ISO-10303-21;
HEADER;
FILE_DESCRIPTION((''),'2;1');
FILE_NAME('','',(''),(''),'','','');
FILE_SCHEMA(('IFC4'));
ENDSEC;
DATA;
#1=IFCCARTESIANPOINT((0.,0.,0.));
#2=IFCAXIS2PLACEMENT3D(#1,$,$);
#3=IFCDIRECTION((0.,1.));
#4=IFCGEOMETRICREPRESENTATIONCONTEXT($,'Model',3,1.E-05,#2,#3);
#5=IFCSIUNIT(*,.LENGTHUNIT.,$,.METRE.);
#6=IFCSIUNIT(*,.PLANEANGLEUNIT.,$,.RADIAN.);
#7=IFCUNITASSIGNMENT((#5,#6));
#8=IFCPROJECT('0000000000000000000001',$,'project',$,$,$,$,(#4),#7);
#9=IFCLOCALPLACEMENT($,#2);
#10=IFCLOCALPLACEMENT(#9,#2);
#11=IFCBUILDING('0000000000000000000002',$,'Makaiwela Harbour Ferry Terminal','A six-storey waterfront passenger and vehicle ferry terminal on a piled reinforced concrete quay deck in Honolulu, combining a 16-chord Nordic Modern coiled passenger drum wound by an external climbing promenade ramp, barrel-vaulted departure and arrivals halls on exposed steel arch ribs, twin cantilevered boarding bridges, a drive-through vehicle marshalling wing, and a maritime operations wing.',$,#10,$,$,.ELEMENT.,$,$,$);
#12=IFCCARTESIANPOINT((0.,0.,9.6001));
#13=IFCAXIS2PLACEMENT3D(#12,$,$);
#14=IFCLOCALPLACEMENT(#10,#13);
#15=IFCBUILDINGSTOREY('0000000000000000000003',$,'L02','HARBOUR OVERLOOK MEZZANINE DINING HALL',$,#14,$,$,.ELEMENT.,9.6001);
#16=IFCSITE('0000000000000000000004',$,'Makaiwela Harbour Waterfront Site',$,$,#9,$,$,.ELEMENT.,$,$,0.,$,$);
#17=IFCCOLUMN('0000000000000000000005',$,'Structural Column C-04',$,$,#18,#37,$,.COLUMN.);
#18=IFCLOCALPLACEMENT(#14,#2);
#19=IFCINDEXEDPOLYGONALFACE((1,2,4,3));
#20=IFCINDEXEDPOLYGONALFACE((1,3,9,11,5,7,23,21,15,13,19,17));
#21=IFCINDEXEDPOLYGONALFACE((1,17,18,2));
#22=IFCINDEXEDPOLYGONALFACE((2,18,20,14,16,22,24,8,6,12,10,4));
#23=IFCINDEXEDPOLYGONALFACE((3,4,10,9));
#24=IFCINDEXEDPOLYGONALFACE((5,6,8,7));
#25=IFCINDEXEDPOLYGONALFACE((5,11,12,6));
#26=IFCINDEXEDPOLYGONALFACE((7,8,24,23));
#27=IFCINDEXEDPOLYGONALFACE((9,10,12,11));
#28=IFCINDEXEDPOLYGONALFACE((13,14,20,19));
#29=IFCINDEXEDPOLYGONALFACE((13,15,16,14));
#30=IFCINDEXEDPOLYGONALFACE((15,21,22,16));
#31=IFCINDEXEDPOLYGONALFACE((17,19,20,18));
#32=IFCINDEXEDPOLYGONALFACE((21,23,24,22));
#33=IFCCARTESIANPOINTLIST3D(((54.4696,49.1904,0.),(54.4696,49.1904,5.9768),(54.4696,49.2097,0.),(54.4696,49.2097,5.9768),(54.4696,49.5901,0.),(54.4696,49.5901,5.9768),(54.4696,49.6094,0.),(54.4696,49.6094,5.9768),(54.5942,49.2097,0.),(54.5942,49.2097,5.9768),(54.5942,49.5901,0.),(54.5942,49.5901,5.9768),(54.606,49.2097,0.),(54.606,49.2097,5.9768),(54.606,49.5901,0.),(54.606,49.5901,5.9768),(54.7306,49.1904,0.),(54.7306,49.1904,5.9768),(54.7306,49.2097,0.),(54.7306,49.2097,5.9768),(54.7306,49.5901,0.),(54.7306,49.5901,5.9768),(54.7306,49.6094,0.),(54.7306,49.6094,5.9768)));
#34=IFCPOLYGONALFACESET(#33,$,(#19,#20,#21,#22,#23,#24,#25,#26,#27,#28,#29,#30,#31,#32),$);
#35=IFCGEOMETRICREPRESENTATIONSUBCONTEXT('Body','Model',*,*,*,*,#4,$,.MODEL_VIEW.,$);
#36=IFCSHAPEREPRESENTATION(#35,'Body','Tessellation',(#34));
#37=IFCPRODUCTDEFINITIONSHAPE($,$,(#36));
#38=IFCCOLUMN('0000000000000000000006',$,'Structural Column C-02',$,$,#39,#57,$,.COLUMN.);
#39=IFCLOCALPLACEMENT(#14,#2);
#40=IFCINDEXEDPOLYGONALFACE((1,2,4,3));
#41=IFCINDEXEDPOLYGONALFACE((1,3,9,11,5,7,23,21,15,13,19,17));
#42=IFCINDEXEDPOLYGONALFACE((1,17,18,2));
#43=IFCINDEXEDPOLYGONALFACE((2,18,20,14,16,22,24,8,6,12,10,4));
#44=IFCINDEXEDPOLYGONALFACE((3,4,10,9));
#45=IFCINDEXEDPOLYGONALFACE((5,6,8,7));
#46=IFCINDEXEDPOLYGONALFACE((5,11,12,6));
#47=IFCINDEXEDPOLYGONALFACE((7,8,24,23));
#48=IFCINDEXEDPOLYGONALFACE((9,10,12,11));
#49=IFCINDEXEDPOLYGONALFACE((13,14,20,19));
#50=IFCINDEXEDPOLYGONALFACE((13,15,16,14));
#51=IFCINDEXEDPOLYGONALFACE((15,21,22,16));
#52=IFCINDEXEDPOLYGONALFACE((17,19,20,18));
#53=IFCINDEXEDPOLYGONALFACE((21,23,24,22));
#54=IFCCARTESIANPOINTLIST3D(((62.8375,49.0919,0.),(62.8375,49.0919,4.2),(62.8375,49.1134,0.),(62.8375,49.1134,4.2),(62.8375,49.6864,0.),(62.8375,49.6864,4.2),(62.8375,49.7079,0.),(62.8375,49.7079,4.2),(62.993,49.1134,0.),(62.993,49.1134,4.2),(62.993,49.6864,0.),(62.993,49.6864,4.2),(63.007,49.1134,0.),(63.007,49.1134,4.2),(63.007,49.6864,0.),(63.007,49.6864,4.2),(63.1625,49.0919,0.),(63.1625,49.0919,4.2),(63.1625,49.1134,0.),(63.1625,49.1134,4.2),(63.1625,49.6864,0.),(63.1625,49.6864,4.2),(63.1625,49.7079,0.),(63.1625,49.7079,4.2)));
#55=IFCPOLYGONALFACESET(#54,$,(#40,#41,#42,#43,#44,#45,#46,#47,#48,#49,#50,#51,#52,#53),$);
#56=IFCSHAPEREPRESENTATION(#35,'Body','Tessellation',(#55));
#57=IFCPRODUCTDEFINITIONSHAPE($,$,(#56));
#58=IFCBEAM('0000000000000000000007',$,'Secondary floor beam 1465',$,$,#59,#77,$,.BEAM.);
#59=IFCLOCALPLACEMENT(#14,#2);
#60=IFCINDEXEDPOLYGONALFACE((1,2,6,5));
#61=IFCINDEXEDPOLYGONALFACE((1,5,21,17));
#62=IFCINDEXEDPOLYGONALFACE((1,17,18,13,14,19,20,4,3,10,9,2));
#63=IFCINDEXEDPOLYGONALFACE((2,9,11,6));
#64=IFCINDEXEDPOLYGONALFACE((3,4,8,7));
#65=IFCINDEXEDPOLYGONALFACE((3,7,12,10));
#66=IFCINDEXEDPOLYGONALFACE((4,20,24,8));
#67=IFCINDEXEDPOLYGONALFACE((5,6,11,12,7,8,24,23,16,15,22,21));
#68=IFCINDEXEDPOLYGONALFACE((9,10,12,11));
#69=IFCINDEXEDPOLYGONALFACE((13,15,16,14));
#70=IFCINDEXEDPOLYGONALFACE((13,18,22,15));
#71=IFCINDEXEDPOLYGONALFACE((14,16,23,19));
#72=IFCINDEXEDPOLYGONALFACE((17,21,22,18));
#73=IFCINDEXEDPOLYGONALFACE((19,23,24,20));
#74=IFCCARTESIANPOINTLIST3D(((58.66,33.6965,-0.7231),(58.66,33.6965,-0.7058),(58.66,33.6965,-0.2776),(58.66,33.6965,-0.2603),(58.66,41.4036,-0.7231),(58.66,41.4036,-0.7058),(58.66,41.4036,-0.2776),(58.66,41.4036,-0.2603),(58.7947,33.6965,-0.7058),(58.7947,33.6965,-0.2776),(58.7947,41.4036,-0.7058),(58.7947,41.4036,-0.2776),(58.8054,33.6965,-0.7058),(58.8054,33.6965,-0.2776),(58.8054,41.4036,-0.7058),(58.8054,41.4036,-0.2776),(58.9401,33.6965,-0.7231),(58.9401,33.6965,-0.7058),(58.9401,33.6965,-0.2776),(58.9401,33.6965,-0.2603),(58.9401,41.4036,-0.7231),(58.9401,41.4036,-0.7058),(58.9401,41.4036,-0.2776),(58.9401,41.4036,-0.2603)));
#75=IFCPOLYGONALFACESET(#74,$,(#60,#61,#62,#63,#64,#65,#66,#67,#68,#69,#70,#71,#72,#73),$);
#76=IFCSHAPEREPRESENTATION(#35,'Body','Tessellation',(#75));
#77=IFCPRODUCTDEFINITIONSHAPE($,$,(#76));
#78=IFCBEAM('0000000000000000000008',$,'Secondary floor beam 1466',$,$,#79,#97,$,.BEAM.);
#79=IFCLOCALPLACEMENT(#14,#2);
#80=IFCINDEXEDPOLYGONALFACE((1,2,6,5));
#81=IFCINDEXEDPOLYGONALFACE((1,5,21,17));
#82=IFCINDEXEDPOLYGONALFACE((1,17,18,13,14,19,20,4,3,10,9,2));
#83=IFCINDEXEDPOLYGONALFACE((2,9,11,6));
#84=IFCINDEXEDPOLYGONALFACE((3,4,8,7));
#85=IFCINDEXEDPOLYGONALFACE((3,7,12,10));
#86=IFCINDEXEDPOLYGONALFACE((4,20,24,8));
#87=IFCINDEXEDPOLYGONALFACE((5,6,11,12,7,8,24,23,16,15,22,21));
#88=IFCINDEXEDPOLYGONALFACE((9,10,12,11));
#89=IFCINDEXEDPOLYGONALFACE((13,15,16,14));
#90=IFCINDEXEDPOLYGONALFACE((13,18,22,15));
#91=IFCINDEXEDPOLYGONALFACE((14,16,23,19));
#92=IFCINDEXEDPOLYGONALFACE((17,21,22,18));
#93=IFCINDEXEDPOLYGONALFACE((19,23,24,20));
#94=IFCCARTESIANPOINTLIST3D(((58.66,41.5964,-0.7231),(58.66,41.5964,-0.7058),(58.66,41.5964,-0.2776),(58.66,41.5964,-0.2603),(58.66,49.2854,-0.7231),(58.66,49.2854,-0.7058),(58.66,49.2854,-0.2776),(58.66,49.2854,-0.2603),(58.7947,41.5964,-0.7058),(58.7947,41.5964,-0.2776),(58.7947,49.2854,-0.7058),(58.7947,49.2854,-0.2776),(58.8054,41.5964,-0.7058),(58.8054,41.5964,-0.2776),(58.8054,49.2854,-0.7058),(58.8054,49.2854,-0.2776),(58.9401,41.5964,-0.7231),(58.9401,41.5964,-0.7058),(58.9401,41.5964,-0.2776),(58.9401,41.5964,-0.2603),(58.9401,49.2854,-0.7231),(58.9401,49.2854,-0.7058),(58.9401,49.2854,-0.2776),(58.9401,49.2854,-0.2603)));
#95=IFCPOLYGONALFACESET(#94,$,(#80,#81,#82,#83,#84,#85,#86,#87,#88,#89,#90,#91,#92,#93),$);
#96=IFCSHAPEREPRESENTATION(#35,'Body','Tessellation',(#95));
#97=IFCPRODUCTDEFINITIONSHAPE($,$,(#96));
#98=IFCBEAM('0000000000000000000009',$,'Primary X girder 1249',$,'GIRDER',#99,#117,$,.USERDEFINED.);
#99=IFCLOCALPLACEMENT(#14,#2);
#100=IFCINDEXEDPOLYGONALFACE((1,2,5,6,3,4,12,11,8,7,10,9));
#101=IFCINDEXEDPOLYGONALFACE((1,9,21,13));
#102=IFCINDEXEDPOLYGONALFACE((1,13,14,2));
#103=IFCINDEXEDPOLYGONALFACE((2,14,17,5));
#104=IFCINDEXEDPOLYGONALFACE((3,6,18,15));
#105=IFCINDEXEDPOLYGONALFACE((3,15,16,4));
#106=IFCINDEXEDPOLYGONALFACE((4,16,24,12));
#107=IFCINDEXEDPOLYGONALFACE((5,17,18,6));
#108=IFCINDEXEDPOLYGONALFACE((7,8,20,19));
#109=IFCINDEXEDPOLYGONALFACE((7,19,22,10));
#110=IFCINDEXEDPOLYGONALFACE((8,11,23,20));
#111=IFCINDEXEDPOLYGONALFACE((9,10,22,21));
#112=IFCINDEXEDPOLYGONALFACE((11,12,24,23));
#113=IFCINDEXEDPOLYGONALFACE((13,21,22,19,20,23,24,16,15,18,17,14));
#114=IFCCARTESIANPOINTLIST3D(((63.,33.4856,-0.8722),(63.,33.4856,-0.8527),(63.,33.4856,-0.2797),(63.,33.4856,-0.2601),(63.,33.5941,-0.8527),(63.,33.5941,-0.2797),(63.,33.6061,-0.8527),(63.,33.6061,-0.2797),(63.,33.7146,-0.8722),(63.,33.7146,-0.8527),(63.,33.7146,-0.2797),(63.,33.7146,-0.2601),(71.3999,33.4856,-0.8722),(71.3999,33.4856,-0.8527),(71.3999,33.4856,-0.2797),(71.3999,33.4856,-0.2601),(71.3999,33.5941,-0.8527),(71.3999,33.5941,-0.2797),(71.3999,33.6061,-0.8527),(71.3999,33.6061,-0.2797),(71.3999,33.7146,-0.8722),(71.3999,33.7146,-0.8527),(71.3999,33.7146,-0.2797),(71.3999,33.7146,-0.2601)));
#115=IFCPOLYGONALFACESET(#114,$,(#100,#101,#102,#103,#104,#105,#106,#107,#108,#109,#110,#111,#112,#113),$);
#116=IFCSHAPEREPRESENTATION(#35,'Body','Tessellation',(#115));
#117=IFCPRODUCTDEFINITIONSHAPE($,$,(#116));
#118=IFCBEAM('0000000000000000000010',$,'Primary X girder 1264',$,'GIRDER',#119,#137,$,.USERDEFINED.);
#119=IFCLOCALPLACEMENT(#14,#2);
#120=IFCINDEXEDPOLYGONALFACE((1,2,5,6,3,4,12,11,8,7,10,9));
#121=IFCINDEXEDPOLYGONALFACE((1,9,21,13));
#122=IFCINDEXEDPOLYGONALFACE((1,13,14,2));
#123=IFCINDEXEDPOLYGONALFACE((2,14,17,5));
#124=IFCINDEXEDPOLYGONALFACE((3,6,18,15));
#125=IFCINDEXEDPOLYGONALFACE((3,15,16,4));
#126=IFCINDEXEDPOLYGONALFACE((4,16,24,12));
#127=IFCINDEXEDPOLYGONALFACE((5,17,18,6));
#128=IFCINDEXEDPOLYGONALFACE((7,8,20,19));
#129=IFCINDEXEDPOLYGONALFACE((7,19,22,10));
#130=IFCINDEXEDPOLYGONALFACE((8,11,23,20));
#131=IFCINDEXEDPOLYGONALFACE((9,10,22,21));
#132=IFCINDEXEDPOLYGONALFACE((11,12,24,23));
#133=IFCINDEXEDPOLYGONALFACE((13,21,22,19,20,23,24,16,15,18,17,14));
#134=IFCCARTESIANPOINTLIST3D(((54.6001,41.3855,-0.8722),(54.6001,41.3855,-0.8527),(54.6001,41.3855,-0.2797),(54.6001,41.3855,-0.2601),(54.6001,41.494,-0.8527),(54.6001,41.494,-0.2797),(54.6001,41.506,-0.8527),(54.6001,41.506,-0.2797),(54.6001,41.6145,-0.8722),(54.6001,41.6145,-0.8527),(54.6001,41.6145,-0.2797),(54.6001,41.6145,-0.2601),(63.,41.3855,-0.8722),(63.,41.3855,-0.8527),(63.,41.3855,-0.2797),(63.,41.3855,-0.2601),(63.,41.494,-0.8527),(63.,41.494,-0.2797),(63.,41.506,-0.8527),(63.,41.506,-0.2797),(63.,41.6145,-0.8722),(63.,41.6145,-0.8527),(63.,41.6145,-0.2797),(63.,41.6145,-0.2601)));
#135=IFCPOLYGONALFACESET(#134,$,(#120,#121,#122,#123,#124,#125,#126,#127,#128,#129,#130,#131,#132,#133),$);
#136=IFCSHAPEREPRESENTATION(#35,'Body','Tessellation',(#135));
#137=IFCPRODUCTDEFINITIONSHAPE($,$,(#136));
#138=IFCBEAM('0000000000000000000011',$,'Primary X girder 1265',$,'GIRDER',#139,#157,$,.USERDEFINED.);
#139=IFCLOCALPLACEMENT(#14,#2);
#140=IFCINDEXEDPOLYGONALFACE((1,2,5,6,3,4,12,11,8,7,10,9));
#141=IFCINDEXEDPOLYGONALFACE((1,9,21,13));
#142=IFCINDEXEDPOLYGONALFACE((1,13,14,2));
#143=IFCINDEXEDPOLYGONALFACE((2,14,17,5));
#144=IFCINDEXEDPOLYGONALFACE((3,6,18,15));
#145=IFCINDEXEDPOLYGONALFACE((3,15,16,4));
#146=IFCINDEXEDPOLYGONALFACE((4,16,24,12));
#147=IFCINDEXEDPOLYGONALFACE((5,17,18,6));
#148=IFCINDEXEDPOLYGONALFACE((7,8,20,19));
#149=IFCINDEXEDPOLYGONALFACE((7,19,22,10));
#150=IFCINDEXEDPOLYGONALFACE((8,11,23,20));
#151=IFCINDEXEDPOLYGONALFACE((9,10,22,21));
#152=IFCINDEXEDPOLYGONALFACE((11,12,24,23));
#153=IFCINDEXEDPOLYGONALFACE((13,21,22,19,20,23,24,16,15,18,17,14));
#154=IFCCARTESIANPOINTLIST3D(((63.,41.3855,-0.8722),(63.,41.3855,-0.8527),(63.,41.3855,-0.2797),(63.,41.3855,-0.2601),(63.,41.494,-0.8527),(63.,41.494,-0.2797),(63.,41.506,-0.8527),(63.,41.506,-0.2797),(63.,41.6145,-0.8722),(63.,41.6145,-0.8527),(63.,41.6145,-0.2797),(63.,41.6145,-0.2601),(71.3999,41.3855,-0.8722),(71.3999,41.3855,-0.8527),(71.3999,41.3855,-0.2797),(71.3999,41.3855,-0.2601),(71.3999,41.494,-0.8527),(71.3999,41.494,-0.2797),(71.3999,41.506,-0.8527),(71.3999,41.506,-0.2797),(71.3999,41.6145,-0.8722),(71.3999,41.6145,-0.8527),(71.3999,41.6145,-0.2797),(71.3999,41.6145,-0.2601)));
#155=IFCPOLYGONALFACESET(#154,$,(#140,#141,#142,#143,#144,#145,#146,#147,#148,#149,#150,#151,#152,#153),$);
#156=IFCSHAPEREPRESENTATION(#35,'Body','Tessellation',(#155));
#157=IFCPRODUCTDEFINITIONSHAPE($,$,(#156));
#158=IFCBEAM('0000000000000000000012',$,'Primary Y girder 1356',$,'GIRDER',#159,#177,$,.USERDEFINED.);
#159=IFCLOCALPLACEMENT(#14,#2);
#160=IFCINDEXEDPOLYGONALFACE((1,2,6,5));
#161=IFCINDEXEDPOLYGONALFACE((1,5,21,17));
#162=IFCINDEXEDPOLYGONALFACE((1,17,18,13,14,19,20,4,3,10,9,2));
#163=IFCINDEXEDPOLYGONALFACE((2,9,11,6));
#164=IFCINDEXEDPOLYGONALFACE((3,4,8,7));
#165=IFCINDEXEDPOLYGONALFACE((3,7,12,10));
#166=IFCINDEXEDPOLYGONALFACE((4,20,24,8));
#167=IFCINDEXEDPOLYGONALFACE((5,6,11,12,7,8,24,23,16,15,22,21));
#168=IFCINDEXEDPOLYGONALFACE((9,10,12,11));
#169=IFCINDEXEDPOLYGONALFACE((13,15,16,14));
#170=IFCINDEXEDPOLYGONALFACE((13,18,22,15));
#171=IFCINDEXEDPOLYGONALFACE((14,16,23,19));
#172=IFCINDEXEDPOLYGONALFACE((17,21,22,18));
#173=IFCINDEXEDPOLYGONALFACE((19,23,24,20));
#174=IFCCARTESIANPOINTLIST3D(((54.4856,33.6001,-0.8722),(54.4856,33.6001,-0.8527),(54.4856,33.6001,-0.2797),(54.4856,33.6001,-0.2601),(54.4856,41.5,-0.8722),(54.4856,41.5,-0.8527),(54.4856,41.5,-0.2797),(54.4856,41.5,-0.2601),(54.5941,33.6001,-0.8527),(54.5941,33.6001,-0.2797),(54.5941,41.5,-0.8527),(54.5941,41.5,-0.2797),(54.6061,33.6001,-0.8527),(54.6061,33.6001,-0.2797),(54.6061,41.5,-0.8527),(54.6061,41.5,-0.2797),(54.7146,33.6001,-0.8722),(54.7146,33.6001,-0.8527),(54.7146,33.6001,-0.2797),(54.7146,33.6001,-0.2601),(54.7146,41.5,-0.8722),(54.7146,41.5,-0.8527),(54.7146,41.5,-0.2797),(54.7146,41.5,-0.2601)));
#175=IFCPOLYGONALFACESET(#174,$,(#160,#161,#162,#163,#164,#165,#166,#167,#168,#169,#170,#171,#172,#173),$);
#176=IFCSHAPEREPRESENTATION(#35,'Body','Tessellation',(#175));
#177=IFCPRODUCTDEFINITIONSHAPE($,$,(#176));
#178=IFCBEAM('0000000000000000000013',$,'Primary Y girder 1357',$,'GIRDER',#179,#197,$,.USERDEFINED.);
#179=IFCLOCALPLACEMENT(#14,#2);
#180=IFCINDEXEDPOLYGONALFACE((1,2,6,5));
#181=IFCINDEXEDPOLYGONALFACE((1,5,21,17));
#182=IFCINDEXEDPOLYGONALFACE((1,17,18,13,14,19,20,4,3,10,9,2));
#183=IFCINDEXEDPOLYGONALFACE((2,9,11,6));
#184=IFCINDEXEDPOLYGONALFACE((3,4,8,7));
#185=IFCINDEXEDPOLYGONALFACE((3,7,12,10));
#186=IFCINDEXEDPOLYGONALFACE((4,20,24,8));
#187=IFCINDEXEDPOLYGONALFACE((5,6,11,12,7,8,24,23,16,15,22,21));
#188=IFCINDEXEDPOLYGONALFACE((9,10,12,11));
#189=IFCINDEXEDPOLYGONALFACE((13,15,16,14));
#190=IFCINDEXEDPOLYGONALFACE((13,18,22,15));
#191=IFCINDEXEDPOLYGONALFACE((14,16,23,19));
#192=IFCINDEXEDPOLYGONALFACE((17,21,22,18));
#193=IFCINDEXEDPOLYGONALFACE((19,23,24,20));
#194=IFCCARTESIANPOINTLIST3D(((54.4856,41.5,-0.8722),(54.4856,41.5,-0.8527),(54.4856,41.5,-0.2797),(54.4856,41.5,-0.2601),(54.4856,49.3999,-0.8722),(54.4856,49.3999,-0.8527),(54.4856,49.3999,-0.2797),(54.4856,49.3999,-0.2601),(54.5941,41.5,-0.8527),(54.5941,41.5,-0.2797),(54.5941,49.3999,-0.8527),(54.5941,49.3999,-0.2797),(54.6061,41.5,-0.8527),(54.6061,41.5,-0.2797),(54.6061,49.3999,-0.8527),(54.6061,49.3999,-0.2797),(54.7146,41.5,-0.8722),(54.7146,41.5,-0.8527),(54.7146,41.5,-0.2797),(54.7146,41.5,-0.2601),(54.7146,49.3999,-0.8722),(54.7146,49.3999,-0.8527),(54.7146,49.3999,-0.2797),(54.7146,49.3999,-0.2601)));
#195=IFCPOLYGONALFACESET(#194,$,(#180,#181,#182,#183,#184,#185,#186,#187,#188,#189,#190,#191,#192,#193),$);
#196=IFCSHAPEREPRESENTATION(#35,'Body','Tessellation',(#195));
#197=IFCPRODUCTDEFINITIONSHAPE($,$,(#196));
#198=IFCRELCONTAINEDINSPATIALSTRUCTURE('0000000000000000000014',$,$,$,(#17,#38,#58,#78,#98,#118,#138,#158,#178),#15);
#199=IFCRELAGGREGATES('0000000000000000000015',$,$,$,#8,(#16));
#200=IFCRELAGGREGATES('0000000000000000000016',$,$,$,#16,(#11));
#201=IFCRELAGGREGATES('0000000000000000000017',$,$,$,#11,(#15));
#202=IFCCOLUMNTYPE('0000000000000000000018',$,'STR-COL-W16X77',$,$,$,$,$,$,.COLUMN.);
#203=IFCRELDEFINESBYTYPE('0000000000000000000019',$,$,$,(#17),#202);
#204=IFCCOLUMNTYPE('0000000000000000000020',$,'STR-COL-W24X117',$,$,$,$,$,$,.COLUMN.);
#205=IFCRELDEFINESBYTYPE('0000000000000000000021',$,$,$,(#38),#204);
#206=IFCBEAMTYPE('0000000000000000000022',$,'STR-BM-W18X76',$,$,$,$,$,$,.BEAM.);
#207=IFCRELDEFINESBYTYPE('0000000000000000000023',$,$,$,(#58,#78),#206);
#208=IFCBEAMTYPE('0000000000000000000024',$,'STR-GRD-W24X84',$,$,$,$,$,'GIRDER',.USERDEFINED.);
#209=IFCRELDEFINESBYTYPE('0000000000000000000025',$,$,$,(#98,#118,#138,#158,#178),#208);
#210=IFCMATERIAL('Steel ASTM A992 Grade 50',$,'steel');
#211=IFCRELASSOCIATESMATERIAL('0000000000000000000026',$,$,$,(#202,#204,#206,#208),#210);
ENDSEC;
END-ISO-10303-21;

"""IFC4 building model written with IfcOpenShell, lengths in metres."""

from ifc_helpers import new_model, si_unit, direction, frame, origin, origin_2d, place, context, subcontext, project, spatial, i_section, extrude, material, material_profile, profile_set, type_object, element, save


model = new_model("IFC4")

# Units and contexts
model_context = context("Model", 3, precision=1e-05, world=origin(), true_north=direction((0.0, 1.0)))
body_context = subcontext(model_context, "Body", "Model", "MODEL_VIEW")
ifc_project = project(units=[si_unit("LENGTHUNIT", "METRE"), si_unit("PLANEANGLEUNIT", "RADIAN")], contexts=[model_context])

# Site, building, storey
site_placement = place(None, origin())
site = spatial("IfcSite", under=ifc_project, at=site_placement, Name="Makaiwela Harbour Waterfront Site", CompositionType="ELEMENT", RefElevation=0.0)
building_placement = place(site_placement, origin())
building = spatial("IfcBuilding", under=site, at=building_placement, Name="Makaiwela Harbour Ferry Terminal", Description="A six-storey waterfront passenger and vehicle ferry terminal on a piled reinforced concrete quay deck in Honolulu, combining a 16-chord Nordic Modern coiled passenger drum wound by an external climbing promenade ramp, barrel-vaulted departure and arrivals halls on exposed steel arch ribs, twin cantilevered boarding bridges, a drive-through vehicle marshalling wing, and a maritime operations wing.", CompositionType="ELEMENT")
storey_placement = place(building_placement, frame((0.0, 0.0, 9.6001)))
storey = spatial("IfcBuildingStorey", under=building, at=storey_placement, Name="L02", Description="HARBOUR OVERLOOK MEZZANINE DINING HALL", CompositionType="ELEMENT", Elevation=9.6001)

# Columns
ifc_material_1 = material(Name="Steel ASTM A992 Grade 50", Category="steel")
ifc_material_profile_1 = material_profile(ifc_material_1, i_section(OverallWidth=0.261, OverallDepth=0.4189, WebThickness=0.0117, FlangeThickness=0.0193, at=origin_2d()), Name="W16X77")
ifc_profile_set_1 = profile_set([ifc_material_profile_1], Name="Steel ASTM A992 Grade 50")
column_type_1 = type_object("IfcColumnType", Name="STR-COL-W16X77", PredefinedType="COLUMN", material=ifc_profile_set_1)
column_1_placement = place(storey_placement, frame((54.6001, 49.3999, 0.0), z_axis=(0.0, 0.0, 1.0), x_axis=(1.0, 0.0, 0.0)))
element("IfcColumn", 1, at=column_1_placement, inside=storey, type_object=column_type_1, Name="Structural Column C-04", PredefinedType="COLUMN", context=body_context, shape_type="SweptSolid", body=[
    extrude(i_section(OverallWidth=0.261, OverallDepth=0.4189, WebThickness=0.0117, FlangeThickness=0.0193, at=origin_2d()), origin(), (0.0, 0.0, 1.0), 5.9768),
])
ifc_material_profile_2 = material_profile(ifc_material_1, i_section(OverallWidth=0.325, OverallDepth=0.616, WebThickness=0.0139, FlangeThickness=0.0215, at=origin_2d()), Name="W24X117")
ifc_profile_set_2 = profile_set([ifc_material_profile_2], Name="Steel ASTM A992 Grade 50")
column_type_2 = type_object("IfcColumnType", Name="STR-COL-W24X117", PredefinedType="COLUMN", material=ifc_profile_set_2)
column_2_placement = place(storey_placement, frame((63.0, 49.3999, 0.0), z_axis=(0.0, 0.0, 1.0), x_axis=(1.0, 0.0, 0.0)))
element("IfcColumn", 2, at=column_2_placement, inside=storey, type_object=column_type_2, Name="Structural Column C-02", PredefinedType="COLUMN", context=body_context, shape_type="SweptSolid", body=[
    extrude(i_section(OverallWidth=0.325, OverallDepth=0.616, WebThickness=0.0139, FlangeThickness=0.0215, at=origin_2d()), origin(), (0.0, 0.0, 1.0), 4.2),
])

# Beams
ifc_material_profile_3 = material_profile(ifc_material_1, i_section(OverallWidth=0.28, OverallDepth=0.4629, WebThickness=0.0107, FlangeThickness=0.0173, at=origin_2d()), Name="W18X76")
ifc_profile_set_3 = profile_set([ifc_material_profile_3], Name="Steel ASTM A992 Grade 50")
beam_type_1 = type_object("IfcBeamType", Name="STR-BM-W18X76", PredefinedType="BEAM", material=ifc_profile_set_3)
beam_1_placement = place(storey_placement, frame((58.8, 33.6965, -0.4917), z_axis=(0.0, 1.0, 0.0), x_axis=(-1.0, 0.0, 0.0)))
element("IfcBeam", 3, at=beam_1_placement, inside=storey, type_object=beam_type_1, Name="Secondary floor beam 1465", PredefinedType="BEAM", context=body_context, shape_type="SweptSolid", body=[
    extrude(i_section(OverallWidth=0.28, OverallDepth=0.4629, WebThickness=0.0107, FlangeThickness=0.0173, at=origin_2d()), origin(), (0.0, 0.0, 1.0), 7.707),
])
beam_2_placement = place(storey_placement, frame((58.8, 41.5964, -0.4917), z_axis=(0.0, 1.0, 0.0), x_axis=(-1.0, 0.0, 0.0)))
element("IfcBeam", 4, at=beam_2_placement, inside=storey, type_object=beam_type_1, Name="Secondary floor beam 1466", PredefinedType="BEAM", context=body_context, shape_type="SweptSolid", body=[
    extrude(i_section(OverallWidth=0.28, OverallDepth=0.4629, WebThickness=0.0107, FlangeThickness=0.0173, at=origin_2d()), origin(), (0.0, 0.0, 1.0), 7.689),
])
ifc_material_profile_4 = material_profile(ifc_material_1, i_section(OverallWidth=0.229, OverallDepth=0.6121, WebThickness=0.012, FlangeThickness=0.0195, at=origin_2d()), Name="W24X84")
ifc_profile_set_4 = profile_set([ifc_material_profile_4], Name="Steel ASTM A992 Grade 50")
beam_type_2 = type_object("IfcBeamType", Name="STR-GRD-W24X84", ElementType="GIRDER", PredefinedType="USERDEFINED", material=ifc_profile_set_4)
for number, where, z_axis, x_axis, name in (
    (5, (63.0, 33.6001, -0.5662), (1.0, 0.0, 0.0), (0.0, 1.0, 0.0), "Primary X girder 1249"),
    (6, (54.6001, 41.5, -0.5662), (1.0, 0.0, 0.0), (0.0, 1.0, 0.0), "Primary X girder 1264"),
    (7, (63.0, 41.5, -0.5662), (1.0, 0.0, 0.0), (0.0, 1.0, 0.0), "Primary X girder 1265"),
):
    element("IfcBeam", number, at=place(storey_placement, frame(where, z_axis=z_axis, x_axis=x_axis)), inside=storey, type_object=beam_type_2, Name=name, ObjectType="GIRDER", PredefinedType="USERDEFINED", context=body_context, shape_type="SweptSolid", body=[
        extrude(i_section(OverallWidth=0.229, OverallDepth=0.6121, WebThickness=0.012, FlangeThickness=0.0195, at=origin_2d()), origin(), (0.0, 0.0, 1.0), 8.3999),
    ])
for number, where, z_axis, x_axis, name in (
    (8, (54.6001, 33.6001, -0.5662), (0.0, 1.0, 0.0), (-1.0, 0.0, 0.0), "Primary Y girder 1356"),
    (9, (54.6001, 41.5, -0.5662), (0.0, 1.0, 0.0), (-1.0, 0.0, 0.0), "Primary Y girder 1357"),
):
    element("IfcBeam", number, at=place(storey_placement, frame(where, z_axis=z_axis, x_axis=x_axis)), inside=storey, type_object=beam_type_2, Name=name, ObjectType="GIRDER", PredefinedType="USERDEFINED", context=body_context, shape_type="SweptSolid", body=[
        extrude(i_section(OverallWidth=0.229, OverallDepth=0.6121, WebThickness=0.012, FlangeThickness=0.0195, at=origin_2d()), origin(), (0.0, 0.0, 1.0), 7.8999),
    ])

save(model, "model.ifc")
